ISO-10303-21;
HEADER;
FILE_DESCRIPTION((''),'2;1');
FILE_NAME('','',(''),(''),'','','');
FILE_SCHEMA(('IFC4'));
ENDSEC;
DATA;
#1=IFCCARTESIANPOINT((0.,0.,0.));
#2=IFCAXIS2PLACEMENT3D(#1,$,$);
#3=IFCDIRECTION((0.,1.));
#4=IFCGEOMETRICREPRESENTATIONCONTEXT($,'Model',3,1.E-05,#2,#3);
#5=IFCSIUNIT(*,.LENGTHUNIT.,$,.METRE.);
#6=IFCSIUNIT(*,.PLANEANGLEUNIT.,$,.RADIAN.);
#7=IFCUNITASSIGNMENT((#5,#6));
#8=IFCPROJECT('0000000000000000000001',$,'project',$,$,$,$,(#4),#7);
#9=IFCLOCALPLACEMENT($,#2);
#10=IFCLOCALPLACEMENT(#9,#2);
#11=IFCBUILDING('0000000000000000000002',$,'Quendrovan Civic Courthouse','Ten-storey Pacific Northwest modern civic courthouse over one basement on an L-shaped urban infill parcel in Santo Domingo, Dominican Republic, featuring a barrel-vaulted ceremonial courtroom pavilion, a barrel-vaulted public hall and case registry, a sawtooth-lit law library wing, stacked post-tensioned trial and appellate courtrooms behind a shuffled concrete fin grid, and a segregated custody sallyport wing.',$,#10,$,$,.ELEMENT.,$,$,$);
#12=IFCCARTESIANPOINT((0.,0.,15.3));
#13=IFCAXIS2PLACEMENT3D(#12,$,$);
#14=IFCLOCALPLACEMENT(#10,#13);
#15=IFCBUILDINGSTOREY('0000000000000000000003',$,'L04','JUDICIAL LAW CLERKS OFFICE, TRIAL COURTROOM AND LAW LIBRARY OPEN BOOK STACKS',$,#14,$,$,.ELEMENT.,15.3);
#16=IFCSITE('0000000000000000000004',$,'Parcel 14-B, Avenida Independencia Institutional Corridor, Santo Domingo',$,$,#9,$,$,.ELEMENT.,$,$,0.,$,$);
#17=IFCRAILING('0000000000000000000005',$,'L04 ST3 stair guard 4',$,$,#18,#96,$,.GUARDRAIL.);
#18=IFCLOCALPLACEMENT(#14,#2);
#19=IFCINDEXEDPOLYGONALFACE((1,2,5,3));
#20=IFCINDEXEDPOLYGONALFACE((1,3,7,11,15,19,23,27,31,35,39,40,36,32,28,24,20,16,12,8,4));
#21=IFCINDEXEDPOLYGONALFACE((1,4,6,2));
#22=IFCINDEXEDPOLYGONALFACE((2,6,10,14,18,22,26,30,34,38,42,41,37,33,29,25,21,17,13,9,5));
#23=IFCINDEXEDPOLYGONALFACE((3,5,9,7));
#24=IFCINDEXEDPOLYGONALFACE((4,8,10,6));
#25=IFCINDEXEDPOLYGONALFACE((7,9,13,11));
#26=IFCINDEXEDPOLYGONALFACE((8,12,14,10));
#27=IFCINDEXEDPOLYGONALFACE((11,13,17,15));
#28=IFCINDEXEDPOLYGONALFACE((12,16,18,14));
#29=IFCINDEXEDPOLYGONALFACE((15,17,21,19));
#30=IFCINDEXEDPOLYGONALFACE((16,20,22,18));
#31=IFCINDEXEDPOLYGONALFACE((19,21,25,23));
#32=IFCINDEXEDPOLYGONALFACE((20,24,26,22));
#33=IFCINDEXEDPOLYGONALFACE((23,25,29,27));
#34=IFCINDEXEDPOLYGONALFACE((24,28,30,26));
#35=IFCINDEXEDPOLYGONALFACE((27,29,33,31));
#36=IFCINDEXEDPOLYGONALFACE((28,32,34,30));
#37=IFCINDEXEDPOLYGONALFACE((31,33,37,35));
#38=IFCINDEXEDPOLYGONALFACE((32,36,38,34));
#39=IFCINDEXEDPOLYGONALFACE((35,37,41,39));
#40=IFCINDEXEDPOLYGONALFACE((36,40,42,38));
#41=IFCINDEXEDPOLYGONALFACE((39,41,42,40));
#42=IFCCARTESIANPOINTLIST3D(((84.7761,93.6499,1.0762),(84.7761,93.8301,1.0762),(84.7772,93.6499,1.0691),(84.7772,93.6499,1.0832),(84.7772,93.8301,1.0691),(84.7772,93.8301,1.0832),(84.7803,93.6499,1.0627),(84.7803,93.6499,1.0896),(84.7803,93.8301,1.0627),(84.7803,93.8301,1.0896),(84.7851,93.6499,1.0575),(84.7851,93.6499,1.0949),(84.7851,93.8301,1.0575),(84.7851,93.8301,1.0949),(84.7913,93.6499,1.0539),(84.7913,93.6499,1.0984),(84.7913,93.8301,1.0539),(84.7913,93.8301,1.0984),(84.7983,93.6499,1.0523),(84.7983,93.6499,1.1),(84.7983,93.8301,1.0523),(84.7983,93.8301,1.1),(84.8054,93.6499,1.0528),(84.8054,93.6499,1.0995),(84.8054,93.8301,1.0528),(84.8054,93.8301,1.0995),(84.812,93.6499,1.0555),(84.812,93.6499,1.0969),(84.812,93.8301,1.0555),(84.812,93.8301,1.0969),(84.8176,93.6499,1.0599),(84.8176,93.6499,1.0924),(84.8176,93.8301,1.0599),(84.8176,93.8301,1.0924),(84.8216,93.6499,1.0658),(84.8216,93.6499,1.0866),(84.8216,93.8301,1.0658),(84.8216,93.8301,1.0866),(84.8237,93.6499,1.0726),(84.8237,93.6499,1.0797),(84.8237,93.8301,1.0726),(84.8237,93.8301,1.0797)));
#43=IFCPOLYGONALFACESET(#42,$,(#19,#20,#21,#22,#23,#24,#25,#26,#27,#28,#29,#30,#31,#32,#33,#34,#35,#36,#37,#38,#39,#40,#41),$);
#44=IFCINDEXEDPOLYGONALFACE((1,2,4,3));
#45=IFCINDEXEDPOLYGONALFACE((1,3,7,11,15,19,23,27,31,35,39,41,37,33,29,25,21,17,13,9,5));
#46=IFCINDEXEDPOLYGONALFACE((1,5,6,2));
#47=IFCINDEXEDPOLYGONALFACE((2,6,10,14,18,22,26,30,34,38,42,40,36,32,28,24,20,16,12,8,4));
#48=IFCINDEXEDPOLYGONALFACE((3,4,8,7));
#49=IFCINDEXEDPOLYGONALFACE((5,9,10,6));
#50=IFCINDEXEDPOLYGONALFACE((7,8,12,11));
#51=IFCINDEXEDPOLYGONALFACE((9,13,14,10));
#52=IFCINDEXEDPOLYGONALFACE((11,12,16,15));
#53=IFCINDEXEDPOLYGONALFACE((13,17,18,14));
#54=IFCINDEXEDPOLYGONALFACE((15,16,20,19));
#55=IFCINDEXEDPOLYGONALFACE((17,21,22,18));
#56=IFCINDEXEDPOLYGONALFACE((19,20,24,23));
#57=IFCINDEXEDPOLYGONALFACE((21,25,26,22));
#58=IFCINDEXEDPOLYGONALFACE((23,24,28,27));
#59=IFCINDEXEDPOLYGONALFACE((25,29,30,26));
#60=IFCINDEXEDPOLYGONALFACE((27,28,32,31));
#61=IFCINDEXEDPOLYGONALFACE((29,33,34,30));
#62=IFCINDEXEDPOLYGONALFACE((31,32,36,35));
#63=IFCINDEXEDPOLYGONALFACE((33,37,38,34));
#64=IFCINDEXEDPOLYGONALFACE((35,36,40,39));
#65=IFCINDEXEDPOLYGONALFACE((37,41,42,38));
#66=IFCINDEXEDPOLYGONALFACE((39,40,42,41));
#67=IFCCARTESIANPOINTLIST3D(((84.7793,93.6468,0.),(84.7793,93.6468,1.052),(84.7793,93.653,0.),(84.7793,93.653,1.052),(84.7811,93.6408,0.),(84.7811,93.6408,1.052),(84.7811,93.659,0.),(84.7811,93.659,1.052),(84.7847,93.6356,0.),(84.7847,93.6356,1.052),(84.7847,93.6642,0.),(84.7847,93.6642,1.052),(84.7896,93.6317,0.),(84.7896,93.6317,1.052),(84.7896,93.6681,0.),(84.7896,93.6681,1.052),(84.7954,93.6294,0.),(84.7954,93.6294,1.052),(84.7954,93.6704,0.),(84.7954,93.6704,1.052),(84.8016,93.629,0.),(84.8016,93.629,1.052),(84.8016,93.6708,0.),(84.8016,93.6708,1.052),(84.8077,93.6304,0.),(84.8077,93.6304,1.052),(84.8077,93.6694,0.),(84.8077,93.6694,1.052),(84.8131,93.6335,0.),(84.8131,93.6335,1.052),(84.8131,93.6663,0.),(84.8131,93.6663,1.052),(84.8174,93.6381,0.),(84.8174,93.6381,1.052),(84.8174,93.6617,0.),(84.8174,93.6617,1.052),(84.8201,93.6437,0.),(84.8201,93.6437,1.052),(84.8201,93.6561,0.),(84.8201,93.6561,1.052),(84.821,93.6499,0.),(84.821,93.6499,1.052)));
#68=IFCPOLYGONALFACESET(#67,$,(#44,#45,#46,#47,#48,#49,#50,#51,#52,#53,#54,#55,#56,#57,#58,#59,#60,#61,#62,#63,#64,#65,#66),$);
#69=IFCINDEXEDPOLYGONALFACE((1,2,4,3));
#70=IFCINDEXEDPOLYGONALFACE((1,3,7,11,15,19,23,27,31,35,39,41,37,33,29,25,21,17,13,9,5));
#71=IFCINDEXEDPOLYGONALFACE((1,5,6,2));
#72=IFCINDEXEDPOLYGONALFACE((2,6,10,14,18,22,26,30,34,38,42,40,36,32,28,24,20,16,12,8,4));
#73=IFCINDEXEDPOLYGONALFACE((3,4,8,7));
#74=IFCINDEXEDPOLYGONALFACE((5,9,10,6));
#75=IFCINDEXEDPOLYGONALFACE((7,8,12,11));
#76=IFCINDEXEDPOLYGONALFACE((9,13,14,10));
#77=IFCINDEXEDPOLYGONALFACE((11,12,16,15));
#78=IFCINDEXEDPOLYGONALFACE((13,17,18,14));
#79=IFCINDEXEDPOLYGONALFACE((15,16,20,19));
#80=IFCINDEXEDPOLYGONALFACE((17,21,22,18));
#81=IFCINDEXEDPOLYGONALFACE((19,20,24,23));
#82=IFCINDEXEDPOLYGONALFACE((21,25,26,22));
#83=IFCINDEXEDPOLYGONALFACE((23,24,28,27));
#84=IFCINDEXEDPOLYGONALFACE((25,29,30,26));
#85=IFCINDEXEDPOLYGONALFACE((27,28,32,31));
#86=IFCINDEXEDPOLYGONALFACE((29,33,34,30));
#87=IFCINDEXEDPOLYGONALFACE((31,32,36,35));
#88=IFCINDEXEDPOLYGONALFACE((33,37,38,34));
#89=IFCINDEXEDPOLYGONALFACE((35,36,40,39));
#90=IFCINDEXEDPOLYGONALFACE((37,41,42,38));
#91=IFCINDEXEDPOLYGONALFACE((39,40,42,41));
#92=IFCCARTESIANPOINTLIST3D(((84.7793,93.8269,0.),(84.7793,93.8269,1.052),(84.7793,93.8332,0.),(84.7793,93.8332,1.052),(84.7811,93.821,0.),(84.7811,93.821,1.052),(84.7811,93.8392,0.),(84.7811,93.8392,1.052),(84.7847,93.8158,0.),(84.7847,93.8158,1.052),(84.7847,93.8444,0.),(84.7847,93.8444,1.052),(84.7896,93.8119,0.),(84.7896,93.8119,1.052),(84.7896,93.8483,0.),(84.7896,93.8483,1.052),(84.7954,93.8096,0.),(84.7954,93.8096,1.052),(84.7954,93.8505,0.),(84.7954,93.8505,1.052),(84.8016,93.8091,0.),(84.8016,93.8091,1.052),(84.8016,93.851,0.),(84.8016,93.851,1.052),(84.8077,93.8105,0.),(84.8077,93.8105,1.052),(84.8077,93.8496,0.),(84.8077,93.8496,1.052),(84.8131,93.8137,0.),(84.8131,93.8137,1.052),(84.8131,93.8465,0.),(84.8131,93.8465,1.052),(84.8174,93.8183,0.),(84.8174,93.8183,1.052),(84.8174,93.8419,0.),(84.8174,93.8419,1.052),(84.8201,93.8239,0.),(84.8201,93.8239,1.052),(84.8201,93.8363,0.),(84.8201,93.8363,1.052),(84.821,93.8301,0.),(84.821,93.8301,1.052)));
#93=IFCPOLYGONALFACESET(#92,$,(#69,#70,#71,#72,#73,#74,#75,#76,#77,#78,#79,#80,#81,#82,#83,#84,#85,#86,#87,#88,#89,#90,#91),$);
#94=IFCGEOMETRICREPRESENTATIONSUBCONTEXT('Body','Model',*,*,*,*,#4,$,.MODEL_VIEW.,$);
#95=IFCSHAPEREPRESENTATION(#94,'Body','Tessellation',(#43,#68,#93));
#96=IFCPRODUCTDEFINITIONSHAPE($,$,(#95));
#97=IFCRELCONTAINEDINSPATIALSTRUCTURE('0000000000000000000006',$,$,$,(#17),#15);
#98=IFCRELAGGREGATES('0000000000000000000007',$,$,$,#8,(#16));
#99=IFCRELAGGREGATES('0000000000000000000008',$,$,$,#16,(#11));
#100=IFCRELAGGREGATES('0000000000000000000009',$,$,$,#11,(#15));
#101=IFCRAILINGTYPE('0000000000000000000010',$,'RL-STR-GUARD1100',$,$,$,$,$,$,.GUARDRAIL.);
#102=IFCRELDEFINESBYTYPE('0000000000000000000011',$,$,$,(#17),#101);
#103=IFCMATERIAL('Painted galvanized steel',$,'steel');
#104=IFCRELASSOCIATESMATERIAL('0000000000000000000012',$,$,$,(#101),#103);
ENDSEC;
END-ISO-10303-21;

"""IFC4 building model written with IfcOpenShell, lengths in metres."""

from ifc_helpers import new_model, si_unit, direction, frame, origin, origin_2d, place, context, subcontext, project, spatial, circle, extrude, material, type_object, element, save


model = new_model("IFC4")

# Units and contexts
model_context = context("Model", 3, precision=1e-05, world=origin(), true_north=direction((0.0, 1.0)))
body_context = subcontext(model_context, "Body", "Model", "MODEL_VIEW")
ifc_project = project(units=[si_unit("LENGTHUNIT", "METRE"), si_unit("PLANEANGLEUNIT", "RADIAN")], contexts=[model_context])

# Site, building, storey
site_placement = place(None, origin())
site = spatial("IfcSite", under=ifc_project, at=site_placement, Name="Parcel 14-B, Avenida Independencia Institutional Corridor, Santo Domingo", CompositionType="ELEMENT", RefElevation=0.0)
building_placement = place(site_placement, origin())
building = spatial("IfcBuilding", under=site, at=building_placement, Name="Quendrovan Civic Courthouse", Description="Ten-storey Pacific Northwest modern civic courthouse over one basement on an L-shaped urban infill parcel in Santo Domingo, Dominican Republic, featuring a barrel-vaulted ceremonial courtroom pavilion, a barrel-vaulted public hall and case registry, a sawtooth-lit law library wing, stacked post-tensioned trial and appellate courtrooms behind a shuffled concrete fin grid, and a segregated custody sallyport wing.", CompositionType="ELEMENT")
storey_placement = place(building_placement, frame((0.0, 0.0, 15.3)))
storey = spatial("IfcBuildingStorey", under=building, at=storey_placement, Name="L04", Description="JUDICIAL LAW CLERKS OFFICE, TRIAL COURTROOM AND LAW LIBRARY OPEN BOOK STACKS", CompositionType="ELEMENT", Elevation=15.3)

# Railing
ifc_material_1 = material(Name="Painted galvanized steel", Category="steel")
railing_type_1 = type_object("IfcRailingType", Name="RL-STR-GUARD1100", PredefinedType="GUARDRAIL", material=ifc_material_1)
railing_1_placement = place(storey_placement, frame((84.8, 93.6499, 0.0)))
element("IfcRailing", 1, at=railing_1_placement, inside=storey, type_object=railing_type_1, Name="L04 ST3 stair guard 4", PredefinedType="GUARDRAIL", context=body_context, shape_type="SweptSolid", body=[
    extrude(circle(Radius=0.0239, at=origin_2d()), frame((0.0, 0.0, 1.0762), z_axis=(0.0, 1.0, 0.0), x_axis=(-1.0, 0.0, 0.0)), (0.0, 0.0, 1.0), 0.1802),
    extrude(circle(Radius=0.021, at=origin_2d()), origin(), (0.0, 0.0, 1.0), 1.052),
    extrude(circle(Radius=0.021, at=origin_2d()), frame((0.0, 0.1802, 0.0)), (0.0, 0.0, 1.0), 1.052),
])

save(model, "model.ifc")
